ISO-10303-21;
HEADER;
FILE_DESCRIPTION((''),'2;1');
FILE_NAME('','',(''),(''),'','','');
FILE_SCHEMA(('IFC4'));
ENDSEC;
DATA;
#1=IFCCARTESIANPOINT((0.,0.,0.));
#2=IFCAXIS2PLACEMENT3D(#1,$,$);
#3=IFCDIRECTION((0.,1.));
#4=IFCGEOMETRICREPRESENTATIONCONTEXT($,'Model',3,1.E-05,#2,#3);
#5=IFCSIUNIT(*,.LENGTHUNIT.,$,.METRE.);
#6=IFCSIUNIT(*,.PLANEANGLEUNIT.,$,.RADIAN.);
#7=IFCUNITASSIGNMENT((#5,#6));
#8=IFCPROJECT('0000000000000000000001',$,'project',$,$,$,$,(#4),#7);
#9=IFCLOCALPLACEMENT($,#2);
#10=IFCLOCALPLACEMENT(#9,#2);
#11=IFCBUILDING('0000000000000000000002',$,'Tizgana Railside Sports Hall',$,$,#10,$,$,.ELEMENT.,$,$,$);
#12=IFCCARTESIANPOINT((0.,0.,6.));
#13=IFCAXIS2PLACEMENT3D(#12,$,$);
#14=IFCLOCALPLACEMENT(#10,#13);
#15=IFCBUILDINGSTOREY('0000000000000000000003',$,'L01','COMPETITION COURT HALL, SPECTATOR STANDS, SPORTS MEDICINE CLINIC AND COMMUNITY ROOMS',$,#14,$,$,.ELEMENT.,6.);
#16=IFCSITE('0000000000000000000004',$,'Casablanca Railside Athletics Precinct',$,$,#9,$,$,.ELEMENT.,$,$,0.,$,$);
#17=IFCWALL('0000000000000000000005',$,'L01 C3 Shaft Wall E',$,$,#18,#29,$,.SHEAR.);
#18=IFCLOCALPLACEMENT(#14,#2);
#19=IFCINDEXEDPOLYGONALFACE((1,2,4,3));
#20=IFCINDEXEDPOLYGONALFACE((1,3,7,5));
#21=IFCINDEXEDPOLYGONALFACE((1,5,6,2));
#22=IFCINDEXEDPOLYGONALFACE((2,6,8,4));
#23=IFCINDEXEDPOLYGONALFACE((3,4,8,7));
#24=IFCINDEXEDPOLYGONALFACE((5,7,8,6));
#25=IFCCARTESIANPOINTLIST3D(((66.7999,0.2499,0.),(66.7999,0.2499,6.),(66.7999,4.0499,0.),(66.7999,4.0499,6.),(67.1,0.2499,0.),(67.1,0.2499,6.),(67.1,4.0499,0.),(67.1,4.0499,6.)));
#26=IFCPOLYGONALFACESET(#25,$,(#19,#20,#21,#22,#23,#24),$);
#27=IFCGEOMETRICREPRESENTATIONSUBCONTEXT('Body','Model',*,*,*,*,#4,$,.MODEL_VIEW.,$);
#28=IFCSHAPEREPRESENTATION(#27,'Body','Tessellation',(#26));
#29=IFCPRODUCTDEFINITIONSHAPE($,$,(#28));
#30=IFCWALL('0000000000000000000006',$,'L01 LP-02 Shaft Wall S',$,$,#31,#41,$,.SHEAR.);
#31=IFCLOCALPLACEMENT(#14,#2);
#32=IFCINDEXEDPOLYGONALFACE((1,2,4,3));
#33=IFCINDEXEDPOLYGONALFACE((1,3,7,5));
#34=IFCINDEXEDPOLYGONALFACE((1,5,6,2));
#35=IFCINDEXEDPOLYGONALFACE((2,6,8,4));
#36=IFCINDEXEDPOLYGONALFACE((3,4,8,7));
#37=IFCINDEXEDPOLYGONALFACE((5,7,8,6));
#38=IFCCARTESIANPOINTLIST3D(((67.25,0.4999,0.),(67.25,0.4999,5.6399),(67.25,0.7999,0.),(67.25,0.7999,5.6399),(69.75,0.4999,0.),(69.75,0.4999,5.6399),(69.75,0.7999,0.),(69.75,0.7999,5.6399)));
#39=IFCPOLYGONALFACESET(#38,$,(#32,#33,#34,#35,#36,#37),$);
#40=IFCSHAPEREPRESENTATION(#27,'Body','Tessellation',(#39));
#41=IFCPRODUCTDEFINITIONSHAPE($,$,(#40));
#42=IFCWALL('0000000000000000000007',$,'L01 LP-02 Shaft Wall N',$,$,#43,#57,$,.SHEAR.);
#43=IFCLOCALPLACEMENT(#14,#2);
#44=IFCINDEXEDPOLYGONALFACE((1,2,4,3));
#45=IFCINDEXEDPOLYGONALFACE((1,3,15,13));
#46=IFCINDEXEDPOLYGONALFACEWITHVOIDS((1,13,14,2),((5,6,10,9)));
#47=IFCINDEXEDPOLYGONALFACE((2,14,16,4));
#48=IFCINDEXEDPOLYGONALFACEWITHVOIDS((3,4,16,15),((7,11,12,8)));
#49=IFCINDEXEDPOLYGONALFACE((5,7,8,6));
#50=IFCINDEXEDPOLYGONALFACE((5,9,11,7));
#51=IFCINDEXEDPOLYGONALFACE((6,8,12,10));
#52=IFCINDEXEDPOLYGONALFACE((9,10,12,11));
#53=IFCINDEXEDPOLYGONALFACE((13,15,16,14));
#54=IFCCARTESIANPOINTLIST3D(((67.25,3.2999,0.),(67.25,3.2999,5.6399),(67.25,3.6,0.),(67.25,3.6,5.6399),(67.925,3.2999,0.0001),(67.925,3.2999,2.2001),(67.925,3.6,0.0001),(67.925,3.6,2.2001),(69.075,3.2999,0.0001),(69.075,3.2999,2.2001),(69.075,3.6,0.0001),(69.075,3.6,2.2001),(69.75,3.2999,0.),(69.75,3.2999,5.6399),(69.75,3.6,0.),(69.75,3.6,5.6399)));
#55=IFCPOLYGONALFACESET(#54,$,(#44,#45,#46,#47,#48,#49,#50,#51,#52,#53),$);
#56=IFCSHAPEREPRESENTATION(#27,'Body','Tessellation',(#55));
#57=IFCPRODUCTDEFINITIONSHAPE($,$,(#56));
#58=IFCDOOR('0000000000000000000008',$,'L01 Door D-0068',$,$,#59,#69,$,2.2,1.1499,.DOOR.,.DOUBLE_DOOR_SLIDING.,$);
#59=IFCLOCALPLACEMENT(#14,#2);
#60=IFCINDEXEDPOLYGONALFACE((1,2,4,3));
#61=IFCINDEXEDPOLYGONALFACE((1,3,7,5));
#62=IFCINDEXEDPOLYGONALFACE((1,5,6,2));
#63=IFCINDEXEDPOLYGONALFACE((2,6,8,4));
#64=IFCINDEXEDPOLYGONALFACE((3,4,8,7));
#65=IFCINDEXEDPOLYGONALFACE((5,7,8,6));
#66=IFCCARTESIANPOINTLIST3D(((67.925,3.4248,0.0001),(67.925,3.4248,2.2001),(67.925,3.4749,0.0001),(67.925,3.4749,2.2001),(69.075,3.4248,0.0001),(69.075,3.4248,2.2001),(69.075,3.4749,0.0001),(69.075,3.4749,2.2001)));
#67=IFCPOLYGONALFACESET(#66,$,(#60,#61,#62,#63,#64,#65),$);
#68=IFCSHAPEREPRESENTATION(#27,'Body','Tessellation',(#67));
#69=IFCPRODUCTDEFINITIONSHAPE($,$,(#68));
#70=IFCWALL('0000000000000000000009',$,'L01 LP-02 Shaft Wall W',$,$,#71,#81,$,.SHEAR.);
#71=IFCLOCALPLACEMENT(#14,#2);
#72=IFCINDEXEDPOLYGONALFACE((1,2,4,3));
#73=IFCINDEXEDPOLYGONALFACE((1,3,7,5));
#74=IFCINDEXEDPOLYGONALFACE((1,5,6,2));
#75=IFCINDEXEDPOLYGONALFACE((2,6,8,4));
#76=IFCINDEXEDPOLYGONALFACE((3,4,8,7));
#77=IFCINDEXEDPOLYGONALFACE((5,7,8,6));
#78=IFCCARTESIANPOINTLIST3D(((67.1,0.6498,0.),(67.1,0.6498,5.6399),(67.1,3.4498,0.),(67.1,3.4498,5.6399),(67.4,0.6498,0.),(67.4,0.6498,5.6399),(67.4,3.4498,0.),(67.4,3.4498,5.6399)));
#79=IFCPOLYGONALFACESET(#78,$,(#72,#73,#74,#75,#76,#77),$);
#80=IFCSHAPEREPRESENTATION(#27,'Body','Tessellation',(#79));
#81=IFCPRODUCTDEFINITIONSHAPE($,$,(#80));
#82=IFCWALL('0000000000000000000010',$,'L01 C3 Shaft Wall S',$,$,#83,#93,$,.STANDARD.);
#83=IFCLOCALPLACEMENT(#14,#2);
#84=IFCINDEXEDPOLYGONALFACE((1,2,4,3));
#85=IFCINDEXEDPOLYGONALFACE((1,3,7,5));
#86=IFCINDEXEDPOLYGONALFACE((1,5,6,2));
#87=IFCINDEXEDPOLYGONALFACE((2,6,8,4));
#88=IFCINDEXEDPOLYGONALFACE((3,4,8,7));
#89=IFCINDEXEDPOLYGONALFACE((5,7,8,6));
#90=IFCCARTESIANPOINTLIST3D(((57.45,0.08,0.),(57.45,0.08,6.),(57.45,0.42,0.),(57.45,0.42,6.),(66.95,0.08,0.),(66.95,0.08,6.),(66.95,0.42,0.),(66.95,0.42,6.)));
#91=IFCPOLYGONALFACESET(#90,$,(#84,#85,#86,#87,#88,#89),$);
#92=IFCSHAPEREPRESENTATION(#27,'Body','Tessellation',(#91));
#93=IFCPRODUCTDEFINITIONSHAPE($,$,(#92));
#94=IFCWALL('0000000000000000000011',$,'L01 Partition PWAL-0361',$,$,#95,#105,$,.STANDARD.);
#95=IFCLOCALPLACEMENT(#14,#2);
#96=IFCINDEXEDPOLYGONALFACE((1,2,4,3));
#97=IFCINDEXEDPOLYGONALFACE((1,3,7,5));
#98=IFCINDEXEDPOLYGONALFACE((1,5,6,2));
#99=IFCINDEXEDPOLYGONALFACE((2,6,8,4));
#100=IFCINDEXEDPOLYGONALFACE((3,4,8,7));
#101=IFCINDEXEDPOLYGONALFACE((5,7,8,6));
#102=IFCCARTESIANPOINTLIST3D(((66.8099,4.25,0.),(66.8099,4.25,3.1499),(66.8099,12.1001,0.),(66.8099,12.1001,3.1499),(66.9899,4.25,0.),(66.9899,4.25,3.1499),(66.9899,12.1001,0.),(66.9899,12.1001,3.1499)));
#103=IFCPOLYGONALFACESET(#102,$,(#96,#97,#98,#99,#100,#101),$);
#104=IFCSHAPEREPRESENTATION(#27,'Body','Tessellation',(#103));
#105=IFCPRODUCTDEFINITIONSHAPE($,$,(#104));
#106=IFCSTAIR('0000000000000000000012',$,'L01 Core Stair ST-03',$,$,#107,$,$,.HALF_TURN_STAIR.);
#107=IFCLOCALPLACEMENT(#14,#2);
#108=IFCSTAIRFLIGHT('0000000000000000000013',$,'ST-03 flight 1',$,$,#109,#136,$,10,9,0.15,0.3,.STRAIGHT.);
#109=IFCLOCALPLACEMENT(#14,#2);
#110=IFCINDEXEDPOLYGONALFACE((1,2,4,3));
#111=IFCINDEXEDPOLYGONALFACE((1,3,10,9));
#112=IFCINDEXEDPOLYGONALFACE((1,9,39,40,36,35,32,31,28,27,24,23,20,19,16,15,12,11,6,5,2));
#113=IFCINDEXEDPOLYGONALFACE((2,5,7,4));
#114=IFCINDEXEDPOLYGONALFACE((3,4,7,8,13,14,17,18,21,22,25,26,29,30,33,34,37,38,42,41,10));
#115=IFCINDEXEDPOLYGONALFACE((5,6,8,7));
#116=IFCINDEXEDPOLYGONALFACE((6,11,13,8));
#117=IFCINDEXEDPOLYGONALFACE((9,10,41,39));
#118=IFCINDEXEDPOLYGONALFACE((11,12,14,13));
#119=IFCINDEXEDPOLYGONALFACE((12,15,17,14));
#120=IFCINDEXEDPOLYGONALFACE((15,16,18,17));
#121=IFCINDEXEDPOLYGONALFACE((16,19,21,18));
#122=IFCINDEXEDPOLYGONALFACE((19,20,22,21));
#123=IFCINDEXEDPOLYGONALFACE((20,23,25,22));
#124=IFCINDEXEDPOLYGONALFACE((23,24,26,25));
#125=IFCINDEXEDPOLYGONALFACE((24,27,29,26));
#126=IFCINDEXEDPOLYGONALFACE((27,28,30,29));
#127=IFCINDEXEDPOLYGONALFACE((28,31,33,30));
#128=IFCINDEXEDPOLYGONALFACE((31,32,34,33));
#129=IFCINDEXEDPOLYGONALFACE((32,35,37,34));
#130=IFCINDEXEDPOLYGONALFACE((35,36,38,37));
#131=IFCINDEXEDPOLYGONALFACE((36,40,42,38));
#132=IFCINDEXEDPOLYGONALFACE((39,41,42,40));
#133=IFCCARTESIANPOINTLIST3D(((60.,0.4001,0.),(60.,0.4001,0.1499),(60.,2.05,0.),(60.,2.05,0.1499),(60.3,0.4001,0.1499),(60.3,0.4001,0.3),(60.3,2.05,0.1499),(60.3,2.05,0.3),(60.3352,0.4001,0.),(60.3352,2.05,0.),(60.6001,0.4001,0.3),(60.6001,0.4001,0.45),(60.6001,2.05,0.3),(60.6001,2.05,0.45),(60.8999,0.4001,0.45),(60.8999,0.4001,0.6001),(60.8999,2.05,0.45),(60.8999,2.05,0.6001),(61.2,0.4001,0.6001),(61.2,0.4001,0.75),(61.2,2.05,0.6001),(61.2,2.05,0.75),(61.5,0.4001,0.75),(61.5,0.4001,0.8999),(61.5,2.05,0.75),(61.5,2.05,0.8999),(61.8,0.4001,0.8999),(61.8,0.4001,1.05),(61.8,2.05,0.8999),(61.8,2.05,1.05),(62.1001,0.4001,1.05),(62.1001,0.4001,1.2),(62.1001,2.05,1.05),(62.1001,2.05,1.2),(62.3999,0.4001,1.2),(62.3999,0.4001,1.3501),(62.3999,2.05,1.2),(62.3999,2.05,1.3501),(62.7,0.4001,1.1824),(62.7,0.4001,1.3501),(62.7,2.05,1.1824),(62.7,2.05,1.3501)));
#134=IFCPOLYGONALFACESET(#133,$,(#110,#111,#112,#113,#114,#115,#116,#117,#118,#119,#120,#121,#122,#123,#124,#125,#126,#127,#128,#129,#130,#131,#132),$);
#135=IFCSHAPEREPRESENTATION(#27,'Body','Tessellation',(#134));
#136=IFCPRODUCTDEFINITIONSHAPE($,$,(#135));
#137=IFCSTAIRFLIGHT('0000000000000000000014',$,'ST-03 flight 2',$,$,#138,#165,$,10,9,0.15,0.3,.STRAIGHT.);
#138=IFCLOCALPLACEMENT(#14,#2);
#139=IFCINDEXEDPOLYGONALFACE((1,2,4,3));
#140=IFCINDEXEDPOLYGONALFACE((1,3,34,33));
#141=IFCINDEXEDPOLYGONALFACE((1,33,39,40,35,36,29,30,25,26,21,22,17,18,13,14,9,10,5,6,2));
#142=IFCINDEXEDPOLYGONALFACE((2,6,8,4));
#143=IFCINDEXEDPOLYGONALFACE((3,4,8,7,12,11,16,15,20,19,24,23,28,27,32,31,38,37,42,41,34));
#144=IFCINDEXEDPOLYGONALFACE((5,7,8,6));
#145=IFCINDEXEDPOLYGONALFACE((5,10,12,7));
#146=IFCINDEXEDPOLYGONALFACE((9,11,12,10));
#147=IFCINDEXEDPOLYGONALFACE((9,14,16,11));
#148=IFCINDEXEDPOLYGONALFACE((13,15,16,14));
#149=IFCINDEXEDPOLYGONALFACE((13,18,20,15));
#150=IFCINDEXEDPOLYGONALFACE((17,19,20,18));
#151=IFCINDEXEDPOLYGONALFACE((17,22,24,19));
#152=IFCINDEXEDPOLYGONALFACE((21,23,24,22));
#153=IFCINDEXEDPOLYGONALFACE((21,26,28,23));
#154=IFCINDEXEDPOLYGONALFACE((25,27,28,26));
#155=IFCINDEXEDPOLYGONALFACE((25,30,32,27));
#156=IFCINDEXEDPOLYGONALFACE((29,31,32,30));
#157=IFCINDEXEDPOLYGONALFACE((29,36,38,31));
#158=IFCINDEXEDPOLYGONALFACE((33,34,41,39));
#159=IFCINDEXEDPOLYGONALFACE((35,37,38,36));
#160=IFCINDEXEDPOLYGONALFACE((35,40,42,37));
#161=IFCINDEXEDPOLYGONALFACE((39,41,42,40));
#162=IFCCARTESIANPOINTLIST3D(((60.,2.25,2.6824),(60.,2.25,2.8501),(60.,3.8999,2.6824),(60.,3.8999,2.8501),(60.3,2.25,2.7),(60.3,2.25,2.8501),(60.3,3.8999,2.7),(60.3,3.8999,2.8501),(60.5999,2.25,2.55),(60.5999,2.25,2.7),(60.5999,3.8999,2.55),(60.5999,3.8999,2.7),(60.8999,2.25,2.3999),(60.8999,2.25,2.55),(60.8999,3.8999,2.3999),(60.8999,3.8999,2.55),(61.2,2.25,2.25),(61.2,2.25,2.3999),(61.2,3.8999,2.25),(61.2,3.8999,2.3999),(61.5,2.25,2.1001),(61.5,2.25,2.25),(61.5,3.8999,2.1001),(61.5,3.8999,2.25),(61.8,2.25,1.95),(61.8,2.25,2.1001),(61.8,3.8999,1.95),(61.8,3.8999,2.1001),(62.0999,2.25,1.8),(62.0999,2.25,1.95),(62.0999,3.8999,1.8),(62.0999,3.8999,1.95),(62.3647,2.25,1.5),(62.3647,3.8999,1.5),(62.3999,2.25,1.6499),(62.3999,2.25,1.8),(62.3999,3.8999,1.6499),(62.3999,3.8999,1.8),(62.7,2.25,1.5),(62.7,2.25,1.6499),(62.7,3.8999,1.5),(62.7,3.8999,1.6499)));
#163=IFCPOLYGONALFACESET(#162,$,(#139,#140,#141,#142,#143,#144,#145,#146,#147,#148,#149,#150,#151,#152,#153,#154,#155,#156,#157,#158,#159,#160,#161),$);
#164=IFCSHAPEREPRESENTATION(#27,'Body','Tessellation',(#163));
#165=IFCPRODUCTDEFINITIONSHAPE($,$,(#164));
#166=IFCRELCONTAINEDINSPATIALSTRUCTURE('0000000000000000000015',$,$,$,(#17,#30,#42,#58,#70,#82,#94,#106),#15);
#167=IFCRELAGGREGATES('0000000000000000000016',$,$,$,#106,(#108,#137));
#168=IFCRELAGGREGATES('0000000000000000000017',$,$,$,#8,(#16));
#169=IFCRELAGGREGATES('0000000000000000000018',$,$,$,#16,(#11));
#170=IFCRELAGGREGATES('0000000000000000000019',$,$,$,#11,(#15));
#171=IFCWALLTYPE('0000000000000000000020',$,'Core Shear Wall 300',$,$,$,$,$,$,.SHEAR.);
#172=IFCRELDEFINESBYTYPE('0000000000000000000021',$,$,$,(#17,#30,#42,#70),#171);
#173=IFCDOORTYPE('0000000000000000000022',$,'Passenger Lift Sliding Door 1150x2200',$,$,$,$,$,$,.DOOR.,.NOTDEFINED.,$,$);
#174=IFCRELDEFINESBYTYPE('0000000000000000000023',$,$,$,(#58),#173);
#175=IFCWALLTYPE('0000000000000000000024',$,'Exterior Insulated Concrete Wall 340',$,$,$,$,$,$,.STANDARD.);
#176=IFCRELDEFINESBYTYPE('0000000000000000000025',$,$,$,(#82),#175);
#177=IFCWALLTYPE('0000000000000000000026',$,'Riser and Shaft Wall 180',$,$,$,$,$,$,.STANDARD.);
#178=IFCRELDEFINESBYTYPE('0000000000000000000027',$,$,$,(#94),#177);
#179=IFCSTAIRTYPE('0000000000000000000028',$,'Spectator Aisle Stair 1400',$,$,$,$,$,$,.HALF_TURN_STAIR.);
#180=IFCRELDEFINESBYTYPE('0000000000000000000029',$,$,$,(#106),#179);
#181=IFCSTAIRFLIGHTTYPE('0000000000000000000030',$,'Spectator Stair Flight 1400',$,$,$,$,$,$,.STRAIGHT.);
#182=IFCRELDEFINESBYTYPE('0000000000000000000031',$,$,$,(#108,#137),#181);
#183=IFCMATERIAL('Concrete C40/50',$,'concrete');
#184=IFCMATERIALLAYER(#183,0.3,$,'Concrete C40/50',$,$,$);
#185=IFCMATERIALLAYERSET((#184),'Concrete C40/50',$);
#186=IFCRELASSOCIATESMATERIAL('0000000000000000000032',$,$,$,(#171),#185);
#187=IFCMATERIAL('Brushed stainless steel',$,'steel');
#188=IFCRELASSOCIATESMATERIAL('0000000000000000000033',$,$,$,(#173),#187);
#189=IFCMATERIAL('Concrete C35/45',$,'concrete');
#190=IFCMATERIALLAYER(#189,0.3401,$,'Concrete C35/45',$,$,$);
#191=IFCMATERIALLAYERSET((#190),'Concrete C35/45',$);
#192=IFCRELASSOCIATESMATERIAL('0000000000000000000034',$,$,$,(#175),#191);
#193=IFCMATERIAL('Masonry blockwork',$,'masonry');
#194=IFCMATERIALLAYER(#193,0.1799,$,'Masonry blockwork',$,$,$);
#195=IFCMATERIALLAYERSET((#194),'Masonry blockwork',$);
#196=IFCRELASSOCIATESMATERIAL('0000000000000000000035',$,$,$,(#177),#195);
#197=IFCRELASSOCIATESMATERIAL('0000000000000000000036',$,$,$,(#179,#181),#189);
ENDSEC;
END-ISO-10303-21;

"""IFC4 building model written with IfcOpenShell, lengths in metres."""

from ifc_helpers import new_model, si_unit, direction, frame, frame_2d, origin, place, context, subcontext, project, spatial, polyline, rectangle, outline, extrude, material, layer, layer_set, type_object, element, fill, aggregate, save


model = new_model("IFC4")

# Units and contexts
model_context = context("Model", 3, precision=1e-05, world=origin(), true_north=direction((0.0, 1.0)))
body_context = subcontext(model_context, "Body", "Model", "MODEL_VIEW")
ifc_project = project(units=[si_unit("LENGTHUNIT", "METRE"), si_unit("PLANEANGLEUNIT", "RADIAN")], contexts=[model_context])

# Site, building, storey
site_placement = place(None, origin())
site = spatial("IfcSite", under=ifc_project, at=site_placement, Name="Casablanca Railside Athletics Precinct", CompositionType="ELEMENT", RefElevation=0.0)
building_placement = place(site_placement, origin())
building = spatial("IfcBuilding", under=site, at=building_placement, Name="Tizgana Railside Sports Hall", CompositionType="ELEMENT")
storey_placement = place(building_placement, frame((0.0, 0.0, 6.0)))
storey = spatial("IfcBuildingStorey", under=building, at=storey_placement, Name="L01", Description="COMPETITION COURT HALL, SPECTATOR STANDS, SPORTS MEDICINE CLINIC AND COMMUNITY ROOMS", CompositionType="ELEMENT", Elevation=6.0)

# Shared definitions
ifc_material_1 = material(Name="Concrete C40/50", Category="concrete")

# Shared definitions
ifc_material_2 = material(Name="Concrete C35/45", Category="concrete")

# Walls
ifc_layer_1 = layer(ifc_material_1, 0.3, Name="Concrete C40/50")
ifc_layer_set_1 = layer_set([ifc_layer_1], Name="Concrete C40/50")
wall_type_1 = type_object("IfcWallType", Name="Core Shear Wall 300", PredefinedType="SHEAR", material=ifc_layer_set_1)
wall_1_placement = place(storey_placement, frame((66.95, 0.25, 0.0), z_axis=(0.0, 0.0, 1.0), x_axis=(0.0, 1.0, 0.0)))
element("IfcWall", 1, at=wall_1_placement, inside=storey, type_object=wall_type_1, Name="L01 C3 Shaft Wall E", PredefinedType="SHEAR", context=body_context, shape_type="SweptSolid", body=[
    extrude(rectangle(XDim=3.8, YDim=0.3, at=frame_2d((1.8999, 0.0))), origin(), (0.0, 0.0, 1.0), 6.0),
])
wall_2_placement = place(storey_placement, frame((67.25, 0.6499, 0.0), z_axis=(0.0, 0.0, 1.0), x_axis=(1.0, 0.0, 0.0)))
element("IfcWall", 2, at=wall_2_placement, inside=storey, type_object=wall_type_1, Name="L01 LP-02 Shaft Wall S", PredefinedType="SHEAR", context=body_context, shape_type="SweptSolid", body=[
    extrude(rectangle(XDim=2.5, YDim=0.3, at=frame_2d((1.25, 0.0))), origin(), (0.0, 0.0, 1.0), 5.6399),
])

# Wall, opening, door
wall_3_placement = place(storey_placement, frame((67.25, 3.45, 0.0), z_axis=(0.0, 0.0, 1.0), x_axis=(1.0, 0.0, 0.0)))
wall_3 = element("IfcWall", 3, at=wall_3_placement, inside=storey, type_object=wall_type_1, Name="L01 LP-02 Shaft Wall N", PredefinedType="SHEAR", context=body_context, shape_type="SweptSolid", body=[
    extrude(rectangle(XDim=2.5, YDim=0.3, at=frame_2d((1.25, 0.0))), origin(), (0.0, 0.0, 1.0), 5.6399),
])
opening_1_placement = place(wall_3_placement, frame((0.675, 0.0, 0.0)))
opening_1 = element("IfcOpeningElement", 4, at=opening_1_placement, cuts=wall_3, PredefinedType="OPENING", context=body_context, shape_type="SweptSolid", body=[
    extrude(rectangle(XDim=1.1499, YDim=2.2, at=frame_2d((0.575, 1.1001))), frame((0.0, 0.1599, 0.0), z_axis=(0.0, -1.0, 0.0), x_axis=(1.0, 0.0, 0.0)), (0.0, 0.0, 1.0), 0.3201),
])
ifc_material_3 = material(Name="Brushed stainless steel", Category="steel")
door_type_1 = type_object("IfcDoorType", Name="Passenger Lift Sliding Door 1150x2200", OperationType="NOTDEFINED", PredefinedType="DOOR", material=ifc_material_3)
door_1_placement = place(opening_1_placement, origin())
door_1 = element("IfcDoor", 5, at=door_1_placement, inside=storey, type_object=door_type_1, Name="L01 Door D-0068", OperationType="DOUBLE_DOOR_SLIDING", OverallHeight=2.2, OverallWidth=1.1499, PredefinedType="DOOR", context=body_context, shape_type="SweptSolid", body=[
    extrude(rectangle(XDim=1.1499, YDim=2.2, at=frame_2d((0.575, 1.1001))), frame((0.0, 0.0249, 0.0), z_axis=(0.0, -1.0, 0.0), x_axis=(1.0, 0.0, 0.0)), (0.0, 0.0, 1.0), 0.05),
])
fill(opening_1, door_1)

# Walls
wall_4_placement = place(storey_placement, frame((67.25, 0.6499, 0.0), z_axis=(0.0, 0.0, 1.0), x_axis=(0.0, 1.0, 0.0)))
element("IfcWall", 6, at=wall_4_placement, inside=storey, type_object=wall_type_1, Name="L01 LP-02 Shaft Wall W", PredefinedType="SHEAR", context=body_context, shape_type="SweptSolid", body=[
    extrude(rectangle(XDim=2.8, YDim=0.3, at=frame_2d((1.3999, 0.0))), origin(), (0.0, 0.0, 1.0), 5.6399),
])
ifc_layer_2 = layer(ifc_material_2, 0.3401, Name="Concrete C35/45")
ifc_layer_set_2 = layer_set([ifc_layer_2], Name="Concrete C35/45")
wall_type_2 = type_object("IfcWallType", Name="Exterior Insulated Concrete Wall 340", PredefinedType="STANDARD", material=ifc_layer_set_2)
wall_5_placement = place(storey_placement, frame((66.95, 0.25, 0.0), z_axis=(0.0, 0.0, 1.0), x_axis=(-1.0, 0.0, 0.0)))
element("IfcWall", 7, at=wall_5_placement, inside=storey, type_object=wall_type_2, Name="L01 C3 Shaft Wall S", PredefinedType="STANDARD", context=body_context, shape_type="SweptSolid", body=[
    extrude(rectangle(XDim=9.5, YDim=0.3401, at=frame_2d((4.75, 0.0))), origin(), (0.0, 0.0, 1.0), 6.0),
])
ifc_material_4 = material(Name="Masonry blockwork", Category="masonry")
ifc_layer_3 = layer(ifc_material_4, 0.1799, Name="Masonry blockwork")
ifc_layer_set_3 = layer_set([ifc_layer_3], Name="Masonry blockwork")
wall_type_3 = type_object("IfcWallType", Name="Riser and Shaft Wall 180", PredefinedType="STANDARD", material=ifc_layer_set_3)
wall_6_placement = place(storey_placement, frame((66.8999, 4.25, 0.0), z_axis=(0.0, 0.0, 1.0), x_axis=(0.0, 1.0, 0.0)))
element("IfcWall", 8, at=wall_6_placement, inside=storey, type_object=wall_type_3, Name="L01 Partition PWAL-0361", PredefinedType="STANDARD", context=body_context, shape_type="SweptSolid", body=[
    extrude(rectangle(XDim=7.8501, YDim=0.1799, at=frame_2d((3.925, 0.0))), origin(), (0.0, 0.0, 1.0), 3.1499),
])

# Stair, stair flights
stair_type = type_object("IfcStairType", Name="Spectator Aisle Stair 1400", PredefinedType="HALF_TURN_STAIR", material=ifc_material_2)
stair_placement = place(storey_placement, origin())
stair = element("IfcStair", 9, at=stair_placement, inside=storey, type_object=stair_type, Name="L01 Core Stair ST-03", PredefinedType="HALF_TURN_STAIR")
stair_flight_type = type_object("IfcStairFlightType", Name="Spectator Stair Flight 1400", PredefinedType="STRAIGHT", material=ifc_material_2)
stair_flight_1_placement = place(storey_placement, frame((60.0, 1.2251, 0.0), z_axis=(0.0, 0.0, 1.0), x_axis=(1.0, 0.0, 0.0)))
stair_flight_1 = element("IfcStairFlight", 10, at=stair_flight_1_placement, type_object=stair_flight_type, Name="ST-03 flight 1", NumberOfRisers=10, NumberOfTreads=9, PredefinedType="STRAIGHT", RiserHeight=0.15, TreadLength=0.3, context=body_context, shape_type="SweptSolid", body=[
    extrude(outline(polyline([(0.0, 0.0), (0.0, 0.1499), (0.3, 0.1499), (0.3, 0.3), (0.6001, 0.3), (0.6001, 0.45), (0.8999, 0.45), (0.8999, 0.6001), (1.2, 0.6001), (1.2, 0.75), (1.5, 0.75), (1.5, 0.8999), (1.8, 0.8999), (1.8, 1.05), (2.1001, 1.05), (2.1001, 1.2), (2.3999, 1.2), (2.3999, 1.3501), (2.7, 1.3501), (2.7, 1.5), (2.7, 1.1824), (0.3352, 0.0), (0.0, 0.0)])), frame((0.0, 0.825, 0.0), z_axis=(0.0, -1.0, 0.0), x_axis=(1.0, 0.0, 0.0)), (0.0, 0.0, 1.0), 1.6499),
])
stair_flight_2_placement = place(storey_placement, frame((62.7, 3.075, 1.5), z_axis=(0.0, 0.0, 1.0), x_axis=(-1.0, 0.0, 0.0)))
stair_flight_2 = element("IfcStairFlight", 11, at=stair_flight_2_placement, type_object=stair_flight_type, Name="ST-03 flight 2", NumberOfRisers=10, NumberOfTreads=9, PredefinedType="STRAIGHT", RiserHeight=0.15, TreadLength=0.3, context=body_context, shape_type="SweptSolid", body=[
    extrude(outline(polyline([(0.0, 0.0), (0.0, 0.1499), (0.3, 0.1499), (0.3, 0.3), (0.6001, 0.3), (0.6001, 0.45), (0.8999, 0.45), (0.8999, 0.6001), (1.2, 0.6001), (1.2, 0.75), (1.5, 0.75), (1.5, 0.8999), (1.8, 0.8999), (1.8, 1.05), (2.1001, 1.05), (2.1001, 1.2), (2.3999, 1.2), (2.3999, 1.3501), (2.7, 1.3501), (2.7, 1.5), (2.7, 1.1824), (0.3352, 0.0), (0.0, 0.0)])), frame((0.0, 0.825, 0.0), z_axis=(0.0, -1.0, 0.0), x_axis=(1.0, 0.0, 0.0)), (0.0, 0.0, 1.0), 1.6499),
])
aggregate(stair, [stair_flight_1, stair_flight_2])

save(model, "model.ifc")
